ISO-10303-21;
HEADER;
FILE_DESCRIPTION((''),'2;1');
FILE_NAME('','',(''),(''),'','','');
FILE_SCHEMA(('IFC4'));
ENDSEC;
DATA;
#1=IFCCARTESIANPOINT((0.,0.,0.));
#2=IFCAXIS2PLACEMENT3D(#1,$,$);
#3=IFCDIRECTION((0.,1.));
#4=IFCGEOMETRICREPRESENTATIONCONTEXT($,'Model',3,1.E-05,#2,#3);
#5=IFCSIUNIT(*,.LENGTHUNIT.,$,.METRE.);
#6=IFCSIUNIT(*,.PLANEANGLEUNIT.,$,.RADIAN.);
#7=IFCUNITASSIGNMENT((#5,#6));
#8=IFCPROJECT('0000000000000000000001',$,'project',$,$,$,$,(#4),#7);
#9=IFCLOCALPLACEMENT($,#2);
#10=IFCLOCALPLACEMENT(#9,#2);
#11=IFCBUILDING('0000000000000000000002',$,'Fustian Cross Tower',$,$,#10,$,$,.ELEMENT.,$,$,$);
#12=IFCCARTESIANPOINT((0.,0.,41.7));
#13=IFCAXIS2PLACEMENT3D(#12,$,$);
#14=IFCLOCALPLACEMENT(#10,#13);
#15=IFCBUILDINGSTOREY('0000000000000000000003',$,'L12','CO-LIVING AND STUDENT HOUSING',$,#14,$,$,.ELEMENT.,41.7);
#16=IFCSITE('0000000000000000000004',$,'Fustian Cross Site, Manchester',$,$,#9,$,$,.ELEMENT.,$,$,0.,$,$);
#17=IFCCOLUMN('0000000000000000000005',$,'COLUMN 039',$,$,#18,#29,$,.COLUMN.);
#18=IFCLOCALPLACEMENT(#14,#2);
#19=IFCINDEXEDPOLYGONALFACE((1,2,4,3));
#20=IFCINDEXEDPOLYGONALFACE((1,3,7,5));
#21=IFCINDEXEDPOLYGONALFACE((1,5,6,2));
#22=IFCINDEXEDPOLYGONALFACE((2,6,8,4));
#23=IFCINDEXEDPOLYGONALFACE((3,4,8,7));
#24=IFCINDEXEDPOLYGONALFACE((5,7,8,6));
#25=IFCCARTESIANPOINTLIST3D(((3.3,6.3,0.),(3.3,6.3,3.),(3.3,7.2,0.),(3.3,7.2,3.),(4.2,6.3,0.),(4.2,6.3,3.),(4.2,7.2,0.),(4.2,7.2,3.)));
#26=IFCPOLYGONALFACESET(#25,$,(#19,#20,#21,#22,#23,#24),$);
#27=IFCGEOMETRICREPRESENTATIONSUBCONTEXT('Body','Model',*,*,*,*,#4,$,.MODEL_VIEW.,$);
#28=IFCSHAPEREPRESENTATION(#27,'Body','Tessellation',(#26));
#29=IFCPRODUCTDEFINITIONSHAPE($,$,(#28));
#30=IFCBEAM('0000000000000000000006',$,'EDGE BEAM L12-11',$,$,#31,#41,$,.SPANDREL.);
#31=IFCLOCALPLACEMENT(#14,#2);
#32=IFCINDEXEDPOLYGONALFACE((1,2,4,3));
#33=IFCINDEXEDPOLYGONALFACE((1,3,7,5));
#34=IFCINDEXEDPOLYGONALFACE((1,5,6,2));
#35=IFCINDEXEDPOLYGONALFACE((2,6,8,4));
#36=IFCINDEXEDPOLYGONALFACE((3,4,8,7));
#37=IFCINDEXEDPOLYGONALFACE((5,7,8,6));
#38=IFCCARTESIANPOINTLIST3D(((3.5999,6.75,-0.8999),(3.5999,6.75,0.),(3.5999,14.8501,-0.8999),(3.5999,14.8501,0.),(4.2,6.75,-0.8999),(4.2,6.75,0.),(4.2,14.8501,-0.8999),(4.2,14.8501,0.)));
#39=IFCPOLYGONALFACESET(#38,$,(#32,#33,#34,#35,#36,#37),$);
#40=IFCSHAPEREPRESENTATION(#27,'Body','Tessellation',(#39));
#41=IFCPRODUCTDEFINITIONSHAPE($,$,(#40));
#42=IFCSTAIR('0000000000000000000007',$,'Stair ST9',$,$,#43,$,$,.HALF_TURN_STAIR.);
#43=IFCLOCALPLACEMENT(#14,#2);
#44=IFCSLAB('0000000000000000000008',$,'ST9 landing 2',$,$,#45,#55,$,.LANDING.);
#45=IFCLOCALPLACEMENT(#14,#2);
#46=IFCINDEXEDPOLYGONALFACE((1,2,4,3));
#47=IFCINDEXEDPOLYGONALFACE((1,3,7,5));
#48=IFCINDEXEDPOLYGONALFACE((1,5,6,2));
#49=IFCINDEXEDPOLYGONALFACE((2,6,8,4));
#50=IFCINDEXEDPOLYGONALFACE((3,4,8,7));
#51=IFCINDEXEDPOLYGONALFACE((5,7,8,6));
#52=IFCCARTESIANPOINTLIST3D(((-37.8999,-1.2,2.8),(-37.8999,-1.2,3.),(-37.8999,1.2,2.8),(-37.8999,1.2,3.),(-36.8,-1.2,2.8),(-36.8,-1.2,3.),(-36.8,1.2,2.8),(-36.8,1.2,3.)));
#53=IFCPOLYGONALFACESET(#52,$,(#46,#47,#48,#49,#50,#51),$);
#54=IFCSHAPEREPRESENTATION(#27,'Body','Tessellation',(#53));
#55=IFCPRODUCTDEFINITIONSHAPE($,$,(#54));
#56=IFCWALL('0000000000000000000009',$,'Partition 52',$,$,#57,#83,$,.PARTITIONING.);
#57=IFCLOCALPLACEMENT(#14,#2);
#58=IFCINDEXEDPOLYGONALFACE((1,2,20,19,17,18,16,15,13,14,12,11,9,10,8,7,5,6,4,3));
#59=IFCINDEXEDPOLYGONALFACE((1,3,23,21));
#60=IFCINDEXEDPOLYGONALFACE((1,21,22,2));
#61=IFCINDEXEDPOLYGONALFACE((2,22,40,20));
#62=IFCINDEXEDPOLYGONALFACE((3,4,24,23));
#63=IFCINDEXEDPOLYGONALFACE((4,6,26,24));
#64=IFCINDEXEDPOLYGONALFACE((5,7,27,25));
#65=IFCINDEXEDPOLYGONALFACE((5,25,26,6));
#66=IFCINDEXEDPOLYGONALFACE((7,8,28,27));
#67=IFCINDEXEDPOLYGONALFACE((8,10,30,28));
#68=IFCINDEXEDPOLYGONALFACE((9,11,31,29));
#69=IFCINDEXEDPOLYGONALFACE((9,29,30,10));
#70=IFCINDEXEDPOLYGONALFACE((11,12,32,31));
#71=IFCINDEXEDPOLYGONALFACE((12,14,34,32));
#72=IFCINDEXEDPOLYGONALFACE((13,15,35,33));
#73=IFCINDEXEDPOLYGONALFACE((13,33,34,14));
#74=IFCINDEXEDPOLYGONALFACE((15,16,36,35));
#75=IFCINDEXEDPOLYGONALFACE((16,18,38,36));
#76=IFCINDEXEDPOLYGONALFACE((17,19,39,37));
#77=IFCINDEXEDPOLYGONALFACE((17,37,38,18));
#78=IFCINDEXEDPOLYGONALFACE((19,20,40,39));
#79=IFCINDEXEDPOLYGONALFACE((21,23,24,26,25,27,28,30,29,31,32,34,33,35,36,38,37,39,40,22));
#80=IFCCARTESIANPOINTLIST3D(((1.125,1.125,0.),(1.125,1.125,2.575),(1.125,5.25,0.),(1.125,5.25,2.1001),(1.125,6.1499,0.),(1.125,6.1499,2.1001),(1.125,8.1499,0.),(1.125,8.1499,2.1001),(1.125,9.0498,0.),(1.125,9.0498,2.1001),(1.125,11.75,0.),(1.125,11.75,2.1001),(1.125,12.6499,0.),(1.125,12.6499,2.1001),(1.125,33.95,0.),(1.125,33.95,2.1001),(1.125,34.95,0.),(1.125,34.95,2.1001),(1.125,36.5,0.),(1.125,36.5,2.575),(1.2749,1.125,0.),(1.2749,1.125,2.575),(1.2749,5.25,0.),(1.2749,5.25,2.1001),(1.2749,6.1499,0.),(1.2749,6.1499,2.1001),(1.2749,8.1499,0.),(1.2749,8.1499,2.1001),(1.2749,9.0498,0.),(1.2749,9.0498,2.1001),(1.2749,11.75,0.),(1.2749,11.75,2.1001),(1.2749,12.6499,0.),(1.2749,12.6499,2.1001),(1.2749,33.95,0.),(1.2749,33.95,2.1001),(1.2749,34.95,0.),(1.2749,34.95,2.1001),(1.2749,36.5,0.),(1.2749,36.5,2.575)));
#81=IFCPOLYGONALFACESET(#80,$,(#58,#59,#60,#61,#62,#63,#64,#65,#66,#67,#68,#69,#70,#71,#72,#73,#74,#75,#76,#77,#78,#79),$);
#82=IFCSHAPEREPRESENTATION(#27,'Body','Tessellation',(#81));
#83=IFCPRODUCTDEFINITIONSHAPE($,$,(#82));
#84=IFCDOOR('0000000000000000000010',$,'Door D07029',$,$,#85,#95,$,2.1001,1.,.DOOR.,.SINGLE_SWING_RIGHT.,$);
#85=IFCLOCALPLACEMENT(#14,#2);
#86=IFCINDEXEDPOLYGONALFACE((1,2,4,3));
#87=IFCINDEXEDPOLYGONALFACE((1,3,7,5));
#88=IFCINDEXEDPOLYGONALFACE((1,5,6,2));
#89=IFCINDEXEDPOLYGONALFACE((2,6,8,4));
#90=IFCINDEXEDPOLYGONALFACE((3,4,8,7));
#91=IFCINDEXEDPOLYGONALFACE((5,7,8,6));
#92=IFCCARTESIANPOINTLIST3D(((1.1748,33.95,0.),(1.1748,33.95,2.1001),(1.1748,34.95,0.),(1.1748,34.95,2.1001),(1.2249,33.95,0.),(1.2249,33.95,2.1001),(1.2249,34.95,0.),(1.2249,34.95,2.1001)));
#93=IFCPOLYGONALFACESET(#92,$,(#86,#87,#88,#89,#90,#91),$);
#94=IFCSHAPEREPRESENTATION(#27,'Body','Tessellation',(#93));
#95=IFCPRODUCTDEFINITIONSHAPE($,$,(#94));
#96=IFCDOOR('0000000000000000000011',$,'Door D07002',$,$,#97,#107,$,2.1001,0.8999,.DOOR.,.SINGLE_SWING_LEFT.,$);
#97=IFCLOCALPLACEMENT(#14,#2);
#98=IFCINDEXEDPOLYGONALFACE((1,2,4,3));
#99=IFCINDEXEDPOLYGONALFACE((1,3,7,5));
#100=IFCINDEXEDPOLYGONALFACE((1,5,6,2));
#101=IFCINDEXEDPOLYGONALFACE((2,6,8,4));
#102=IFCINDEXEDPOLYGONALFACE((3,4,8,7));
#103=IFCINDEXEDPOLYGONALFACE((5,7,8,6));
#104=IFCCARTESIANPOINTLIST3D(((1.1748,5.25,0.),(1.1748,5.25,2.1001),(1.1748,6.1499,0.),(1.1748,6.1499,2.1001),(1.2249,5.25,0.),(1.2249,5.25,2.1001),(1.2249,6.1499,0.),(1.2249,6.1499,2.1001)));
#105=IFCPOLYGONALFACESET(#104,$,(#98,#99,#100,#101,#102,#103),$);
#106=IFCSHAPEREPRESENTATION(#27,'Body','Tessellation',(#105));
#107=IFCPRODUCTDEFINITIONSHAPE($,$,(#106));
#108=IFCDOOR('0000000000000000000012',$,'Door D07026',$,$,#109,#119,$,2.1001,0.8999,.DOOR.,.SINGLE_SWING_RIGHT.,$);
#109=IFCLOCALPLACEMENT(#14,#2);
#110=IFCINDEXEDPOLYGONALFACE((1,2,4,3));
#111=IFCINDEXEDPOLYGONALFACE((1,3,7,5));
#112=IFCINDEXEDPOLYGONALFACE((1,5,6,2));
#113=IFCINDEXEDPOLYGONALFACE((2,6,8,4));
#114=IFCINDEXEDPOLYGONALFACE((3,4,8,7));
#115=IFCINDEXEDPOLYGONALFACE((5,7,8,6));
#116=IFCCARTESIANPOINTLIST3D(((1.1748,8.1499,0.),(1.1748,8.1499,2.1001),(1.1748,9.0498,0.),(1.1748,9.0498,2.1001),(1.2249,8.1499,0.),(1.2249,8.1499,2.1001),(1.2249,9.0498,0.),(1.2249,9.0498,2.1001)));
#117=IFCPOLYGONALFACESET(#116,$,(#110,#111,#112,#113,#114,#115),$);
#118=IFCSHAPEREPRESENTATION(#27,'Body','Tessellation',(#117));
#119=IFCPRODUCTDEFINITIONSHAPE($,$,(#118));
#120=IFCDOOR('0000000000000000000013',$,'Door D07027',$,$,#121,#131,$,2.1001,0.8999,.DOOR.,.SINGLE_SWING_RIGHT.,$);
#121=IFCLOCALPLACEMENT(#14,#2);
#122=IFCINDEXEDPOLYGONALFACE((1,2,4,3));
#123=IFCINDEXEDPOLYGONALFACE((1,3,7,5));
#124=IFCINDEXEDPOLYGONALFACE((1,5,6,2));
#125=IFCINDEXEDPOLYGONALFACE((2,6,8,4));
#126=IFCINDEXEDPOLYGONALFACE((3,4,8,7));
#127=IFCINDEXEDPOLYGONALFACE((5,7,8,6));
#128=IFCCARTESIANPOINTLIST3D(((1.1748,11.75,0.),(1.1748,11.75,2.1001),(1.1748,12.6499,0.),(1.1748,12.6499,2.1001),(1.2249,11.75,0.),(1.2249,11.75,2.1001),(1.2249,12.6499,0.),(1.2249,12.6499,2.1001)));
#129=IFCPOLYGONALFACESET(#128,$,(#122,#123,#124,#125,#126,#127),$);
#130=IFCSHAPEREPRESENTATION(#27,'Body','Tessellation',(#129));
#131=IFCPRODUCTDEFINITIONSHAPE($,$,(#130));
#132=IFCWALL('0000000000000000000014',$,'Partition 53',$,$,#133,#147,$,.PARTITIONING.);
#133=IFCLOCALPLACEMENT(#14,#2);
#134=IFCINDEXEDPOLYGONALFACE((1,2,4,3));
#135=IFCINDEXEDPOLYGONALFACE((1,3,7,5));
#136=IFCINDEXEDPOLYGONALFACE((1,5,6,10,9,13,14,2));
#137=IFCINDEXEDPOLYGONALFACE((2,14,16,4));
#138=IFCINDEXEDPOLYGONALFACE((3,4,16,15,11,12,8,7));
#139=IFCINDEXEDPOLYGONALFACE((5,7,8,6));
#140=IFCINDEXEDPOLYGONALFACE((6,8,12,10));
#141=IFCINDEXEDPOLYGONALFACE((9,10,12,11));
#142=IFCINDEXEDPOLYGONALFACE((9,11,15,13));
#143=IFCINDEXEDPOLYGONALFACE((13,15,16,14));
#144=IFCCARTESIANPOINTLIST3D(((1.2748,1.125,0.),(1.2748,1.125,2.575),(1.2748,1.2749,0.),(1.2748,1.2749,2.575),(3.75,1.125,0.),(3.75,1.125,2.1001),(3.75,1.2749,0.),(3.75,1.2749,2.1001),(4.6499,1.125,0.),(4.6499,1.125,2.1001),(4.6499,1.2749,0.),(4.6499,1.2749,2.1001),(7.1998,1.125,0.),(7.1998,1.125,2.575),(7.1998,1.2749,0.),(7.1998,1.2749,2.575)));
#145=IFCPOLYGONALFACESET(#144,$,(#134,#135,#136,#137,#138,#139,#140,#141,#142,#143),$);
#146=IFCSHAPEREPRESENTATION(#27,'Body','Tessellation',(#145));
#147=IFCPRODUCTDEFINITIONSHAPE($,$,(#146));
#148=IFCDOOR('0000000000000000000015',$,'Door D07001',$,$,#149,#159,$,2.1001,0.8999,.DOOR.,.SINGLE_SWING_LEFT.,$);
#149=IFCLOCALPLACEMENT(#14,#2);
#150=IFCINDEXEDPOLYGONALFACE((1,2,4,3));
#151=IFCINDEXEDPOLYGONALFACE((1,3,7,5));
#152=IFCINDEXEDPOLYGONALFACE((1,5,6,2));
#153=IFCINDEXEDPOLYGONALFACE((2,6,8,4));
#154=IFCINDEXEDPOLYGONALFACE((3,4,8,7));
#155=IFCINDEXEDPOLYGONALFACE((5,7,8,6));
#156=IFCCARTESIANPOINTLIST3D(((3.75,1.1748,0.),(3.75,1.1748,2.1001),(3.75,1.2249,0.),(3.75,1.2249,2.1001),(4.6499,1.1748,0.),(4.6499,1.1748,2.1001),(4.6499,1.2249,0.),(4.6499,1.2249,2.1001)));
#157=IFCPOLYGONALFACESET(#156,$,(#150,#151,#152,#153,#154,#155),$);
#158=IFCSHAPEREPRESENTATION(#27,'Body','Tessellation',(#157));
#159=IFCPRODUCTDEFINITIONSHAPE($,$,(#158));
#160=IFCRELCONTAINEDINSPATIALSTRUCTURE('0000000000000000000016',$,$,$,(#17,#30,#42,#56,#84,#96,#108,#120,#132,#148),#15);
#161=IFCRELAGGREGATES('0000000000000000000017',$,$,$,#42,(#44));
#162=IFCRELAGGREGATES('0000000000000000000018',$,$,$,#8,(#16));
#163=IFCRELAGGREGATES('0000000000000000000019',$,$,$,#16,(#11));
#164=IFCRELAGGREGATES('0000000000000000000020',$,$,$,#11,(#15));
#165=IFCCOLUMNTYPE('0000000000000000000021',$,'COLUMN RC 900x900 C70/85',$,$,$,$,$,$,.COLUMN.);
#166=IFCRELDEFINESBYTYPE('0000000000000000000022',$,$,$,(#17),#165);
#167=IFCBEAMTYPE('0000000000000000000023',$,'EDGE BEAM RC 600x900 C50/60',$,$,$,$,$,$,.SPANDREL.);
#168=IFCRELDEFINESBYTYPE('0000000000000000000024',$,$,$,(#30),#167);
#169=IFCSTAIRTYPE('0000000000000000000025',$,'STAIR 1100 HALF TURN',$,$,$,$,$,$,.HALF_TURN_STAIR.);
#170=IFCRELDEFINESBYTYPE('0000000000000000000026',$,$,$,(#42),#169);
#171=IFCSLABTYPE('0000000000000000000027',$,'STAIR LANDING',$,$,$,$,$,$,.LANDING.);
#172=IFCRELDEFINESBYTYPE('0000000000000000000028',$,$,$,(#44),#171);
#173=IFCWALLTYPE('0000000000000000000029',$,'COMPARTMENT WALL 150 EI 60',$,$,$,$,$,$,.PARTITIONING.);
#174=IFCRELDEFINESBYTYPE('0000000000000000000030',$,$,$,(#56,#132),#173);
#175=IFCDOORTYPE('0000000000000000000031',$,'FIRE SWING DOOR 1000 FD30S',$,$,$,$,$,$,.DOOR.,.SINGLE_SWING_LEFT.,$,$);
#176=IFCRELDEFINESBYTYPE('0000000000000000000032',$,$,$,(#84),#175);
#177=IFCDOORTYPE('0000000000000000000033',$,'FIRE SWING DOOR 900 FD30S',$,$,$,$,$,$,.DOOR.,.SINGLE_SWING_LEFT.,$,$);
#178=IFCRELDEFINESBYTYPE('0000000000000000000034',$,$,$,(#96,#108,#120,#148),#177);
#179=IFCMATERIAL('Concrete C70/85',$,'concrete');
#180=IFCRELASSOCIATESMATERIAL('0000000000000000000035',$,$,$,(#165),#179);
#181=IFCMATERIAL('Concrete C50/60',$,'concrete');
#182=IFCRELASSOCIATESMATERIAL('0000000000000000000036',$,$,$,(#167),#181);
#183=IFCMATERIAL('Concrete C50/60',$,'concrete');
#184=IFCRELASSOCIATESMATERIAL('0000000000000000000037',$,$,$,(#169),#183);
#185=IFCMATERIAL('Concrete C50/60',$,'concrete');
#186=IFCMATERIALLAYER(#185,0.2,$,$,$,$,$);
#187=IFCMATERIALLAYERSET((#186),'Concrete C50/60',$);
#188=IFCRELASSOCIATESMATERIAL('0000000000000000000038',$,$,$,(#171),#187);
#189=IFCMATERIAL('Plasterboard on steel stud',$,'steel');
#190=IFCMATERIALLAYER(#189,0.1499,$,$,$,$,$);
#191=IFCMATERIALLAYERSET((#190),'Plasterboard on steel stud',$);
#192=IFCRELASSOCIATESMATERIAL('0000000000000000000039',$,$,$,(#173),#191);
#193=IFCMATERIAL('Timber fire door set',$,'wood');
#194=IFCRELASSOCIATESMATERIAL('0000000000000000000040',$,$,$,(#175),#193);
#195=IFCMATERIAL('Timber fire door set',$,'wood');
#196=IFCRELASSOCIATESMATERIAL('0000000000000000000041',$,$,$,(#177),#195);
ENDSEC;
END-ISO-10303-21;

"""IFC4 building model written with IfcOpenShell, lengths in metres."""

from ifc_helpers import new_model, si_unit, direction, frame, frame_2d, origin, origin_2d, place, context, subcontext, project, spatial, polyline, rectangle, outline, extrude, material, layer, layer_set, material_profile, profile_set, type_object, element, fill, aggregate, save


model = new_model("IFC4")

# Units and contexts
model_context = context("Model", 3, precision=1e-05, world=origin(), true_north=direction((0.0, 1.0)))
body_context = subcontext(model_context, "Body", "Model", "MODEL_VIEW")
ifc_project = project(units=[si_unit("LENGTHUNIT", "METRE"), si_unit("PLANEANGLEUNIT", "RADIAN")], contexts=[model_context])

# Site, building, storey
site_placement = place(None, origin())
site = spatial("IfcSite", under=ifc_project, at=site_placement, Name="Fustian Cross Site, Manchester", CompositionType="ELEMENT", RefElevation=0.0)
building_placement = place(site_placement, origin())
building = spatial("IfcBuilding", under=site, at=building_placement, Name="Fustian Cross Tower", CompositionType="ELEMENT")
storey_placement = place(building_placement, frame((0.0, 0.0, 41.7)))
storey = spatial("IfcBuildingStorey", under=building, at=storey_placement, Name="L12", Description="CO-LIVING AND STUDENT HOUSING", CompositionType="ELEMENT", Elevation=41.7)

# Column
ifc_material_1 = material(Name="Concrete C70/85", Category="concrete")
ifc_material_profile_1 = material_profile(ifc_material_1, rectangle(XDim=0.8999, YDim=0.8999, at=origin_2d()), Name="RC 900x900")
ifc_profile_set_1 = profile_set([ifc_material_profile_1], Name="Concrete C70/85")
column_type = type_object("IfcColumnType", Name="COLUMN RC 900x900 C70/85", PredefinedType="COLUMN", material=ifc_profile_set_1)
column_placement = place(storey_placement, frame((3.75, 6.75, 0.0), z_axis=(0.0, 0.0, 1.0), x_axis=(1.0, 0.0, 0.0)))
element("IfcColumn", 1, at=column_placement, inside=storey, type_object=column_type, Name="COLUMN 039", PredefinedType="COLUMN", context=body_context, shape_type="SweptSolid", body=[
    extrude(rectangle(XDim=0.8999, YDim=0.8999, at=origin_2d()), origin(), (0.0, 0.0, 1.0), 3.0),
])

# Beam
ifc_material_2 = material(Name="Concrete C50/60", Category="concrete")
ifc_material_profile_2 = material_profile(ifc_material_2, rectangle(XDim=0.6001, YDim=0.8999, at=origin_2d()), Name="RC 600x900")
ifc_profile_set_2 = profile_set([ifc_material_profile_2], Name="Concrete C50/60")
beam_type = type_object("IfcBeamType", Name="EDGE BEAM RC 600x900 C50/60", PredefinedType="SPANDREL", material=ifc_profile_set_2)
beam_placement = place(storey_placement, frame((3.8999, 6.75, -0.45), z_axis=(0.0, 1.0, 0.0), x_axis=(-1.0, 0.0, 0.0)))
element("IfcBeam", 2, at=beam_placement, inside=storey, type_object=beam_type, Name="EDGE BEAM L12-11", PredefinedType="SPANDREL", context=body_context, shape_type="SweptSolid", body=[
    extrude(rectangle(XDim=0.6001, YDim=0.8999, at=origin_2d()), origin(), (0.0, 0.0, 1.0), 8.1001),
])

# Stair, slab
ifc_material_3 = material(Name="Concrete C50/60", Category="concrete")
stair_type = type_object("IfcStairType", Name="STAIR 1100 HALF TURN", PredefinedType="HALF_TURN_STAIR", material=ifc_material_3)
stair_placement = place(storey_placement, origin())
stair = element("IfcStair", 3, at=stair_placement, inside=storey, type_object=stair_type, Name="Stair ST9", PredefinedType="HALF_TURN_STAIR")
ifc_material_4 = material(Name="Concrete C50/60", Category="concrete")
ifc_layer_1 = layer(ifc_material_4, 0.2)
ifc_layer_set_1 = layer_set([ifc_layer_1], Name="Concrete C50/60")
slab_type = type_object("IfcSlabType", Name="STAIR LANDING", PredefinedType="LANDING", material=ifc_layer_set_1)
slab_placement = place(storey_placement, frame((0.0, 0.0, 2.8)))
slab = element("IfcSlab", 4, at=slab_placement, type_object=slab_type, Name="ST9 landing 2", PredefinedType="LANDING", context=body_context, shape_type="SweptSolid", body=[
    extrude(outline(polyline([(-36.8, -1.2), (-37.8999, -1.2), (-37.8999, 1.2), (-36.8, 1.2), (-36.8, -1.2)])), origin(), (0.0, 0.0, 1.0), 0.2),
])
aggregate(stair, [slab])

# Wall, openings, doors
ifc_material_5 = material(Name="Plasterboard on steel stud", Category="steel")
ifc_layer_2 = layer(ifc_material_5, 0.1499)
ifc_layer_set_2 = layer_set([ifc_layer_2], Name="Plasterboard on steel stud")
wall_type_1 = type_object("IfcWallType", Name="COMPARTMENT WALL 150 EI 60", PredefinedType="PARTITIONING", material=ifc_layer_set_2)
wall_1_placement = place(storey_placement, frame((1.2, 1.125, 0.0), z_axis=(0.0, 0.0, 1.0), x_axis=(0.0, 1.0, 0.0)))
wall_1 = element("IfcWall", 5, at=wall_1_placement, inside=storey, type_object=wall_type_1, Name="Partition 52", PredefinedType="PARTITIONING", context=body_context, shape_type="SweptSolid", body=[
    extrude(rectangle(XDim=35.375, YDim=0.1499, at=frame_2d((17.6875, 0.0))), origin(), (0.0, 0.0, 1.0), 2.575),
])
opening_1_placement = place(wall_1_placement, frame((4.125, 0.0, 0.0)))
opening_1 = element("IfcOpeningElement", 6, at=opening_1_placement, cuts=wall_1, PredefinedType="OPENING", context=body_context, shape_type="SweptSolid", body=[
    extrude(rectangle(XDim=0.8999, YDim=2.1001, at=frame_2d((0.45, 1.05))), frame((0.0, 0.085, 0.0), z_axis=(0.0, -1.0, 0.0), x_axis=(1.0, 0.0, 0.0)), (0.0, 0.0, 1.0), 0.1699),
])
opening_2_placement = place(wall_1_placement, frame((7.0249, 0.0, 0.0)))
opening_2 = element("IfcOpeningElement", 7, at=opening_2_placement, cuts=wall_1, PredefinedType="OPENING", context=body_context, shape_type="SweptSolid", body=[
    extrude(rectangle(XDim=0.8999, YDim=2.1001, at=frame_2d((0.45, 1.05))), frame((0.0, 0.085, 0.0), z_axis=(0.0, -1.0, 0.0), x_axis=(1.0, 0.0, 0.0)), (0.0, 0.0, 1.0), 0.1699),
])
opening_3_placement = place(wall_1_placement, frame((10.625, 0.0, 0.0)))
opening_3 = element("IfcOpeningElement", 8, at=opening_3_placement, cuts=wall_1, PredefinedType="OPENING", context=body_context, shape_type="SweptSolid", body=[
    extrude(rectangle(XDim=0.8999, YDim=2.1001, at=frame_2d((0.45, 1.05))), frame((0.0, 0.085, 0.0), z_axis=(0.0, -1.0, 0.0), x_axis=(1.0, 0.0, 0.0)), (0.0, 0.0, 1.0), 0.1699),
])
opening_4_placement = place(wall_1_placement, frame((32.825, 0.0, 0.0)))
opening_4 = element("IfcOpeningElement", 9, at=opening_4_placement, cuts=wall_1, PredefinedType="OPENING", context=body_context, shape_type="SweptSolid", body=[
    extrude(rectangle(XDim=1.0, YDim=2.1001, at=frame_2d((0.5, 1.05))), frame((0.0, 0.085, 0.0), z_axis=(0.0, -1.0, 0.0), x_axis=(1.0, 0.0, 0.0)), (0.0, 0.0, 1.0), 0.1699),
])
ifc_material_6 = material(Name="Timber fire door set", Category="wood")
door_type_1 = type_object("IfcDoorType", Name="FIRE SWING DOOR 1000 FD30S", OperationType="SINGLE_SWING_LEFT", PredefinedType="DOOR", material=ifc_material_6)
door_1_placement = place(opening_4_placement, frame((1.0, 0.0, 0.0), z_axis=(0.0, 0.0, 1.0), x_axis=(-1.0, 0.0, 0.0)))
door_1 = element("IfcDoor", 10, at=door_1_placement, inside=storey, type_object=door_type_1, Name="Door D07029", OperationType="SINGLE_SWING_RIGHT", OverallHeight=2.1001, OverallWidth=1.0, PredefinedType="DOOR", context=body_context, shape_type="SweptSolid", body=[
    extrude(rectangle(XDim=1.0, YDim=2.1001, at=frame_2d((0.5, 1.05))), frame((0.0, 0.0249, 0.0), z_axis=(0.0, -1.0, 0.0), x_axis=(1.0, 0.0, 0.0)), (0.0, 0.0, 1.0), 0.05),
])
fill(opening_4, door_1)
ifc_material_7 = material(Name="Timber fire door set", Category="wood")
door_type_2 = type_object("IfcDoorType", Name="FIRE SWING DOOR 900 FD30S", OperationType="SINGLE_SWING_LEFT", PredefinedType="DOOR", material=ifc_material_7)
door_2_placement = place(opening_1_placement, frame((0.8999, 0.0, 0.0), z_axis=(0.0, 0.0, 1.0), x_axis=(-1.0, 0.0, 0.0)))
door_2 = element("IfcDoor", 11, at=door_2_placement, inside=storey, type_object=door_type_2, Name="Door D07002", OperationType="SINGLE_SWING_LEFT", OverallHeight=2.1001, OverallWidth=0.8999, PredefinedType="DOOR", context=body_context, shape_type="SweptSolid", body=[
    extrude(rectangle(XDim=0.8999, YDim=2.1001, at=frame_2d((0.45, 1.05))), frame((0.0, 0.0249, 0.0), z_axis=(0.0, -1.0, 0.0), x_axis=(1.0, 0.0, 0.0)), (0.0, 0.0, 1.0), 0.05),
])
fill(opening_1, door_2)
door_3_placement = place(opening_2_placement, frame((0.8999, 0.0, 0.0), z_axis=(0.0, 0.0, 1.0), x_axis=(-1.0, 0.0, 0.0)))
door_3 = element("IfcDoor", 12, at=door_3_placement, inside=storey, type_object=door_type_2, Name="Door D07026", OperationType="SINGLE_SWING_RIGHT", OverallHeight=2.1001, OverallWidth=0.8999, PredefinedType="DOOR", context=body_context, shape_type="SweptSolid", body=[
    extrude(rectangle(XDim=0.8999, YDim=2.1001, at=frame_2d((0.45, 1.05))), frame((0.0, 0.0249, 0.0), z_axis=(0.0, -1.0, 0.0), x_axis=(1.0, 0.0, 0.0)), (0.0, 0.0, 1.0), 0.05),
])
fill(opening_2, door_3)
door_4_placement = place(opening_3_placement, frame((0.8999, 0.0, 0.0), z_axis=(0.0, 0.0, 1.0), x_axis=(-1.0, 0.0, 0.0)))
door_4 = element("IfcDoor", 13, at=door_4_placement, inside=storey, type_object=door_type_2, Name="Door D07027", OperationType="SINGLE_SWING_RIGHT", OverallHeight=2.1001, OverallWidth=0.8999, PredefinedType="DOOR", context=body_context, shape_type="SweptSolid", body=[
    extrude(rectangle(XDim=0.8999, YDim=2.1001, at=frame_2d((0.45, 1.05))), frame((0.0, 0.0249, 0.0), z_axis=(0.0, -1.0, 0.0), x_axis=(1.0, 0.0, 0.0)), (0.0, 0.0, 1.0), 0.05),
])
fill(opening_3, door_4)

# Wall, opening, door
wall_2_placement = place(storey_placement, frame((1.2749, 1.2, 0.0), z_axis=(0.0, 0.0, 1.0), x_axis=(1.0, 0.0, 0.0)))
wall_2 = element("IfcWall", 14, at=wall_2_placement, inside=storey, type_object=wall_type_1, Name="Partition 53", PredefinedType="PARTITIONING", context=body_context, shape_type="SweptSolid", body=[
    extrude(rectangle(XDim=5.925, YDim=0.1499, at=frame_2d((2.9624, 0.0))), origin(), (0.0, 0.0, 1.0), 2.575),
])
opening_5_placement = place(wall_2_placement, frame((2.4751, 0.0, 0.0)))
opening_5 = element("IfcOpeningElement", 15, at=opening_5_placement, cuts=wall_2, PredefinedType="OPENING", context=body_context, shape_type="SweptSolid", body=[
    extrude(rectangle(XDim=0.8999, YDim=2.1001, at=frame_2d((0.45, 1.05))), frame((0.0, 0.085, 0.0), z_axis=(0.0, -1.0, 0.0), x_axis=(1.0, 0.0, 0.0)), (0.0, 0.0, 1.0), 0.1699),
])
door_5_placement = place(opening_5_placement, origin())
door_5 = element("IfcDoor", 16, at=door_5_placement, inside=storey, type_object=door_type_2, Name="Door D07001", OperationType="SINGLE_SWING_LEFT", OverallHeight=2.1001, OverallWidth=0.8999, PredefinedType="DOOR", context=body_context, shape_type="SweptSolid", body=[
    extrude(rectangle(XDim=0.8999, YDim=2.1001, at=frame_2d((0.45, 1.05))), frame((0.0, 0.0249, 0.0), z_axis=(0.0, -1.0, 0.0), x_axis=(1.0, 0.0, 0.0)), (0.0, 0.0, 1.0), 0.05),
])
fill(opening_5, door_5)

save(model, "model.ifc")
